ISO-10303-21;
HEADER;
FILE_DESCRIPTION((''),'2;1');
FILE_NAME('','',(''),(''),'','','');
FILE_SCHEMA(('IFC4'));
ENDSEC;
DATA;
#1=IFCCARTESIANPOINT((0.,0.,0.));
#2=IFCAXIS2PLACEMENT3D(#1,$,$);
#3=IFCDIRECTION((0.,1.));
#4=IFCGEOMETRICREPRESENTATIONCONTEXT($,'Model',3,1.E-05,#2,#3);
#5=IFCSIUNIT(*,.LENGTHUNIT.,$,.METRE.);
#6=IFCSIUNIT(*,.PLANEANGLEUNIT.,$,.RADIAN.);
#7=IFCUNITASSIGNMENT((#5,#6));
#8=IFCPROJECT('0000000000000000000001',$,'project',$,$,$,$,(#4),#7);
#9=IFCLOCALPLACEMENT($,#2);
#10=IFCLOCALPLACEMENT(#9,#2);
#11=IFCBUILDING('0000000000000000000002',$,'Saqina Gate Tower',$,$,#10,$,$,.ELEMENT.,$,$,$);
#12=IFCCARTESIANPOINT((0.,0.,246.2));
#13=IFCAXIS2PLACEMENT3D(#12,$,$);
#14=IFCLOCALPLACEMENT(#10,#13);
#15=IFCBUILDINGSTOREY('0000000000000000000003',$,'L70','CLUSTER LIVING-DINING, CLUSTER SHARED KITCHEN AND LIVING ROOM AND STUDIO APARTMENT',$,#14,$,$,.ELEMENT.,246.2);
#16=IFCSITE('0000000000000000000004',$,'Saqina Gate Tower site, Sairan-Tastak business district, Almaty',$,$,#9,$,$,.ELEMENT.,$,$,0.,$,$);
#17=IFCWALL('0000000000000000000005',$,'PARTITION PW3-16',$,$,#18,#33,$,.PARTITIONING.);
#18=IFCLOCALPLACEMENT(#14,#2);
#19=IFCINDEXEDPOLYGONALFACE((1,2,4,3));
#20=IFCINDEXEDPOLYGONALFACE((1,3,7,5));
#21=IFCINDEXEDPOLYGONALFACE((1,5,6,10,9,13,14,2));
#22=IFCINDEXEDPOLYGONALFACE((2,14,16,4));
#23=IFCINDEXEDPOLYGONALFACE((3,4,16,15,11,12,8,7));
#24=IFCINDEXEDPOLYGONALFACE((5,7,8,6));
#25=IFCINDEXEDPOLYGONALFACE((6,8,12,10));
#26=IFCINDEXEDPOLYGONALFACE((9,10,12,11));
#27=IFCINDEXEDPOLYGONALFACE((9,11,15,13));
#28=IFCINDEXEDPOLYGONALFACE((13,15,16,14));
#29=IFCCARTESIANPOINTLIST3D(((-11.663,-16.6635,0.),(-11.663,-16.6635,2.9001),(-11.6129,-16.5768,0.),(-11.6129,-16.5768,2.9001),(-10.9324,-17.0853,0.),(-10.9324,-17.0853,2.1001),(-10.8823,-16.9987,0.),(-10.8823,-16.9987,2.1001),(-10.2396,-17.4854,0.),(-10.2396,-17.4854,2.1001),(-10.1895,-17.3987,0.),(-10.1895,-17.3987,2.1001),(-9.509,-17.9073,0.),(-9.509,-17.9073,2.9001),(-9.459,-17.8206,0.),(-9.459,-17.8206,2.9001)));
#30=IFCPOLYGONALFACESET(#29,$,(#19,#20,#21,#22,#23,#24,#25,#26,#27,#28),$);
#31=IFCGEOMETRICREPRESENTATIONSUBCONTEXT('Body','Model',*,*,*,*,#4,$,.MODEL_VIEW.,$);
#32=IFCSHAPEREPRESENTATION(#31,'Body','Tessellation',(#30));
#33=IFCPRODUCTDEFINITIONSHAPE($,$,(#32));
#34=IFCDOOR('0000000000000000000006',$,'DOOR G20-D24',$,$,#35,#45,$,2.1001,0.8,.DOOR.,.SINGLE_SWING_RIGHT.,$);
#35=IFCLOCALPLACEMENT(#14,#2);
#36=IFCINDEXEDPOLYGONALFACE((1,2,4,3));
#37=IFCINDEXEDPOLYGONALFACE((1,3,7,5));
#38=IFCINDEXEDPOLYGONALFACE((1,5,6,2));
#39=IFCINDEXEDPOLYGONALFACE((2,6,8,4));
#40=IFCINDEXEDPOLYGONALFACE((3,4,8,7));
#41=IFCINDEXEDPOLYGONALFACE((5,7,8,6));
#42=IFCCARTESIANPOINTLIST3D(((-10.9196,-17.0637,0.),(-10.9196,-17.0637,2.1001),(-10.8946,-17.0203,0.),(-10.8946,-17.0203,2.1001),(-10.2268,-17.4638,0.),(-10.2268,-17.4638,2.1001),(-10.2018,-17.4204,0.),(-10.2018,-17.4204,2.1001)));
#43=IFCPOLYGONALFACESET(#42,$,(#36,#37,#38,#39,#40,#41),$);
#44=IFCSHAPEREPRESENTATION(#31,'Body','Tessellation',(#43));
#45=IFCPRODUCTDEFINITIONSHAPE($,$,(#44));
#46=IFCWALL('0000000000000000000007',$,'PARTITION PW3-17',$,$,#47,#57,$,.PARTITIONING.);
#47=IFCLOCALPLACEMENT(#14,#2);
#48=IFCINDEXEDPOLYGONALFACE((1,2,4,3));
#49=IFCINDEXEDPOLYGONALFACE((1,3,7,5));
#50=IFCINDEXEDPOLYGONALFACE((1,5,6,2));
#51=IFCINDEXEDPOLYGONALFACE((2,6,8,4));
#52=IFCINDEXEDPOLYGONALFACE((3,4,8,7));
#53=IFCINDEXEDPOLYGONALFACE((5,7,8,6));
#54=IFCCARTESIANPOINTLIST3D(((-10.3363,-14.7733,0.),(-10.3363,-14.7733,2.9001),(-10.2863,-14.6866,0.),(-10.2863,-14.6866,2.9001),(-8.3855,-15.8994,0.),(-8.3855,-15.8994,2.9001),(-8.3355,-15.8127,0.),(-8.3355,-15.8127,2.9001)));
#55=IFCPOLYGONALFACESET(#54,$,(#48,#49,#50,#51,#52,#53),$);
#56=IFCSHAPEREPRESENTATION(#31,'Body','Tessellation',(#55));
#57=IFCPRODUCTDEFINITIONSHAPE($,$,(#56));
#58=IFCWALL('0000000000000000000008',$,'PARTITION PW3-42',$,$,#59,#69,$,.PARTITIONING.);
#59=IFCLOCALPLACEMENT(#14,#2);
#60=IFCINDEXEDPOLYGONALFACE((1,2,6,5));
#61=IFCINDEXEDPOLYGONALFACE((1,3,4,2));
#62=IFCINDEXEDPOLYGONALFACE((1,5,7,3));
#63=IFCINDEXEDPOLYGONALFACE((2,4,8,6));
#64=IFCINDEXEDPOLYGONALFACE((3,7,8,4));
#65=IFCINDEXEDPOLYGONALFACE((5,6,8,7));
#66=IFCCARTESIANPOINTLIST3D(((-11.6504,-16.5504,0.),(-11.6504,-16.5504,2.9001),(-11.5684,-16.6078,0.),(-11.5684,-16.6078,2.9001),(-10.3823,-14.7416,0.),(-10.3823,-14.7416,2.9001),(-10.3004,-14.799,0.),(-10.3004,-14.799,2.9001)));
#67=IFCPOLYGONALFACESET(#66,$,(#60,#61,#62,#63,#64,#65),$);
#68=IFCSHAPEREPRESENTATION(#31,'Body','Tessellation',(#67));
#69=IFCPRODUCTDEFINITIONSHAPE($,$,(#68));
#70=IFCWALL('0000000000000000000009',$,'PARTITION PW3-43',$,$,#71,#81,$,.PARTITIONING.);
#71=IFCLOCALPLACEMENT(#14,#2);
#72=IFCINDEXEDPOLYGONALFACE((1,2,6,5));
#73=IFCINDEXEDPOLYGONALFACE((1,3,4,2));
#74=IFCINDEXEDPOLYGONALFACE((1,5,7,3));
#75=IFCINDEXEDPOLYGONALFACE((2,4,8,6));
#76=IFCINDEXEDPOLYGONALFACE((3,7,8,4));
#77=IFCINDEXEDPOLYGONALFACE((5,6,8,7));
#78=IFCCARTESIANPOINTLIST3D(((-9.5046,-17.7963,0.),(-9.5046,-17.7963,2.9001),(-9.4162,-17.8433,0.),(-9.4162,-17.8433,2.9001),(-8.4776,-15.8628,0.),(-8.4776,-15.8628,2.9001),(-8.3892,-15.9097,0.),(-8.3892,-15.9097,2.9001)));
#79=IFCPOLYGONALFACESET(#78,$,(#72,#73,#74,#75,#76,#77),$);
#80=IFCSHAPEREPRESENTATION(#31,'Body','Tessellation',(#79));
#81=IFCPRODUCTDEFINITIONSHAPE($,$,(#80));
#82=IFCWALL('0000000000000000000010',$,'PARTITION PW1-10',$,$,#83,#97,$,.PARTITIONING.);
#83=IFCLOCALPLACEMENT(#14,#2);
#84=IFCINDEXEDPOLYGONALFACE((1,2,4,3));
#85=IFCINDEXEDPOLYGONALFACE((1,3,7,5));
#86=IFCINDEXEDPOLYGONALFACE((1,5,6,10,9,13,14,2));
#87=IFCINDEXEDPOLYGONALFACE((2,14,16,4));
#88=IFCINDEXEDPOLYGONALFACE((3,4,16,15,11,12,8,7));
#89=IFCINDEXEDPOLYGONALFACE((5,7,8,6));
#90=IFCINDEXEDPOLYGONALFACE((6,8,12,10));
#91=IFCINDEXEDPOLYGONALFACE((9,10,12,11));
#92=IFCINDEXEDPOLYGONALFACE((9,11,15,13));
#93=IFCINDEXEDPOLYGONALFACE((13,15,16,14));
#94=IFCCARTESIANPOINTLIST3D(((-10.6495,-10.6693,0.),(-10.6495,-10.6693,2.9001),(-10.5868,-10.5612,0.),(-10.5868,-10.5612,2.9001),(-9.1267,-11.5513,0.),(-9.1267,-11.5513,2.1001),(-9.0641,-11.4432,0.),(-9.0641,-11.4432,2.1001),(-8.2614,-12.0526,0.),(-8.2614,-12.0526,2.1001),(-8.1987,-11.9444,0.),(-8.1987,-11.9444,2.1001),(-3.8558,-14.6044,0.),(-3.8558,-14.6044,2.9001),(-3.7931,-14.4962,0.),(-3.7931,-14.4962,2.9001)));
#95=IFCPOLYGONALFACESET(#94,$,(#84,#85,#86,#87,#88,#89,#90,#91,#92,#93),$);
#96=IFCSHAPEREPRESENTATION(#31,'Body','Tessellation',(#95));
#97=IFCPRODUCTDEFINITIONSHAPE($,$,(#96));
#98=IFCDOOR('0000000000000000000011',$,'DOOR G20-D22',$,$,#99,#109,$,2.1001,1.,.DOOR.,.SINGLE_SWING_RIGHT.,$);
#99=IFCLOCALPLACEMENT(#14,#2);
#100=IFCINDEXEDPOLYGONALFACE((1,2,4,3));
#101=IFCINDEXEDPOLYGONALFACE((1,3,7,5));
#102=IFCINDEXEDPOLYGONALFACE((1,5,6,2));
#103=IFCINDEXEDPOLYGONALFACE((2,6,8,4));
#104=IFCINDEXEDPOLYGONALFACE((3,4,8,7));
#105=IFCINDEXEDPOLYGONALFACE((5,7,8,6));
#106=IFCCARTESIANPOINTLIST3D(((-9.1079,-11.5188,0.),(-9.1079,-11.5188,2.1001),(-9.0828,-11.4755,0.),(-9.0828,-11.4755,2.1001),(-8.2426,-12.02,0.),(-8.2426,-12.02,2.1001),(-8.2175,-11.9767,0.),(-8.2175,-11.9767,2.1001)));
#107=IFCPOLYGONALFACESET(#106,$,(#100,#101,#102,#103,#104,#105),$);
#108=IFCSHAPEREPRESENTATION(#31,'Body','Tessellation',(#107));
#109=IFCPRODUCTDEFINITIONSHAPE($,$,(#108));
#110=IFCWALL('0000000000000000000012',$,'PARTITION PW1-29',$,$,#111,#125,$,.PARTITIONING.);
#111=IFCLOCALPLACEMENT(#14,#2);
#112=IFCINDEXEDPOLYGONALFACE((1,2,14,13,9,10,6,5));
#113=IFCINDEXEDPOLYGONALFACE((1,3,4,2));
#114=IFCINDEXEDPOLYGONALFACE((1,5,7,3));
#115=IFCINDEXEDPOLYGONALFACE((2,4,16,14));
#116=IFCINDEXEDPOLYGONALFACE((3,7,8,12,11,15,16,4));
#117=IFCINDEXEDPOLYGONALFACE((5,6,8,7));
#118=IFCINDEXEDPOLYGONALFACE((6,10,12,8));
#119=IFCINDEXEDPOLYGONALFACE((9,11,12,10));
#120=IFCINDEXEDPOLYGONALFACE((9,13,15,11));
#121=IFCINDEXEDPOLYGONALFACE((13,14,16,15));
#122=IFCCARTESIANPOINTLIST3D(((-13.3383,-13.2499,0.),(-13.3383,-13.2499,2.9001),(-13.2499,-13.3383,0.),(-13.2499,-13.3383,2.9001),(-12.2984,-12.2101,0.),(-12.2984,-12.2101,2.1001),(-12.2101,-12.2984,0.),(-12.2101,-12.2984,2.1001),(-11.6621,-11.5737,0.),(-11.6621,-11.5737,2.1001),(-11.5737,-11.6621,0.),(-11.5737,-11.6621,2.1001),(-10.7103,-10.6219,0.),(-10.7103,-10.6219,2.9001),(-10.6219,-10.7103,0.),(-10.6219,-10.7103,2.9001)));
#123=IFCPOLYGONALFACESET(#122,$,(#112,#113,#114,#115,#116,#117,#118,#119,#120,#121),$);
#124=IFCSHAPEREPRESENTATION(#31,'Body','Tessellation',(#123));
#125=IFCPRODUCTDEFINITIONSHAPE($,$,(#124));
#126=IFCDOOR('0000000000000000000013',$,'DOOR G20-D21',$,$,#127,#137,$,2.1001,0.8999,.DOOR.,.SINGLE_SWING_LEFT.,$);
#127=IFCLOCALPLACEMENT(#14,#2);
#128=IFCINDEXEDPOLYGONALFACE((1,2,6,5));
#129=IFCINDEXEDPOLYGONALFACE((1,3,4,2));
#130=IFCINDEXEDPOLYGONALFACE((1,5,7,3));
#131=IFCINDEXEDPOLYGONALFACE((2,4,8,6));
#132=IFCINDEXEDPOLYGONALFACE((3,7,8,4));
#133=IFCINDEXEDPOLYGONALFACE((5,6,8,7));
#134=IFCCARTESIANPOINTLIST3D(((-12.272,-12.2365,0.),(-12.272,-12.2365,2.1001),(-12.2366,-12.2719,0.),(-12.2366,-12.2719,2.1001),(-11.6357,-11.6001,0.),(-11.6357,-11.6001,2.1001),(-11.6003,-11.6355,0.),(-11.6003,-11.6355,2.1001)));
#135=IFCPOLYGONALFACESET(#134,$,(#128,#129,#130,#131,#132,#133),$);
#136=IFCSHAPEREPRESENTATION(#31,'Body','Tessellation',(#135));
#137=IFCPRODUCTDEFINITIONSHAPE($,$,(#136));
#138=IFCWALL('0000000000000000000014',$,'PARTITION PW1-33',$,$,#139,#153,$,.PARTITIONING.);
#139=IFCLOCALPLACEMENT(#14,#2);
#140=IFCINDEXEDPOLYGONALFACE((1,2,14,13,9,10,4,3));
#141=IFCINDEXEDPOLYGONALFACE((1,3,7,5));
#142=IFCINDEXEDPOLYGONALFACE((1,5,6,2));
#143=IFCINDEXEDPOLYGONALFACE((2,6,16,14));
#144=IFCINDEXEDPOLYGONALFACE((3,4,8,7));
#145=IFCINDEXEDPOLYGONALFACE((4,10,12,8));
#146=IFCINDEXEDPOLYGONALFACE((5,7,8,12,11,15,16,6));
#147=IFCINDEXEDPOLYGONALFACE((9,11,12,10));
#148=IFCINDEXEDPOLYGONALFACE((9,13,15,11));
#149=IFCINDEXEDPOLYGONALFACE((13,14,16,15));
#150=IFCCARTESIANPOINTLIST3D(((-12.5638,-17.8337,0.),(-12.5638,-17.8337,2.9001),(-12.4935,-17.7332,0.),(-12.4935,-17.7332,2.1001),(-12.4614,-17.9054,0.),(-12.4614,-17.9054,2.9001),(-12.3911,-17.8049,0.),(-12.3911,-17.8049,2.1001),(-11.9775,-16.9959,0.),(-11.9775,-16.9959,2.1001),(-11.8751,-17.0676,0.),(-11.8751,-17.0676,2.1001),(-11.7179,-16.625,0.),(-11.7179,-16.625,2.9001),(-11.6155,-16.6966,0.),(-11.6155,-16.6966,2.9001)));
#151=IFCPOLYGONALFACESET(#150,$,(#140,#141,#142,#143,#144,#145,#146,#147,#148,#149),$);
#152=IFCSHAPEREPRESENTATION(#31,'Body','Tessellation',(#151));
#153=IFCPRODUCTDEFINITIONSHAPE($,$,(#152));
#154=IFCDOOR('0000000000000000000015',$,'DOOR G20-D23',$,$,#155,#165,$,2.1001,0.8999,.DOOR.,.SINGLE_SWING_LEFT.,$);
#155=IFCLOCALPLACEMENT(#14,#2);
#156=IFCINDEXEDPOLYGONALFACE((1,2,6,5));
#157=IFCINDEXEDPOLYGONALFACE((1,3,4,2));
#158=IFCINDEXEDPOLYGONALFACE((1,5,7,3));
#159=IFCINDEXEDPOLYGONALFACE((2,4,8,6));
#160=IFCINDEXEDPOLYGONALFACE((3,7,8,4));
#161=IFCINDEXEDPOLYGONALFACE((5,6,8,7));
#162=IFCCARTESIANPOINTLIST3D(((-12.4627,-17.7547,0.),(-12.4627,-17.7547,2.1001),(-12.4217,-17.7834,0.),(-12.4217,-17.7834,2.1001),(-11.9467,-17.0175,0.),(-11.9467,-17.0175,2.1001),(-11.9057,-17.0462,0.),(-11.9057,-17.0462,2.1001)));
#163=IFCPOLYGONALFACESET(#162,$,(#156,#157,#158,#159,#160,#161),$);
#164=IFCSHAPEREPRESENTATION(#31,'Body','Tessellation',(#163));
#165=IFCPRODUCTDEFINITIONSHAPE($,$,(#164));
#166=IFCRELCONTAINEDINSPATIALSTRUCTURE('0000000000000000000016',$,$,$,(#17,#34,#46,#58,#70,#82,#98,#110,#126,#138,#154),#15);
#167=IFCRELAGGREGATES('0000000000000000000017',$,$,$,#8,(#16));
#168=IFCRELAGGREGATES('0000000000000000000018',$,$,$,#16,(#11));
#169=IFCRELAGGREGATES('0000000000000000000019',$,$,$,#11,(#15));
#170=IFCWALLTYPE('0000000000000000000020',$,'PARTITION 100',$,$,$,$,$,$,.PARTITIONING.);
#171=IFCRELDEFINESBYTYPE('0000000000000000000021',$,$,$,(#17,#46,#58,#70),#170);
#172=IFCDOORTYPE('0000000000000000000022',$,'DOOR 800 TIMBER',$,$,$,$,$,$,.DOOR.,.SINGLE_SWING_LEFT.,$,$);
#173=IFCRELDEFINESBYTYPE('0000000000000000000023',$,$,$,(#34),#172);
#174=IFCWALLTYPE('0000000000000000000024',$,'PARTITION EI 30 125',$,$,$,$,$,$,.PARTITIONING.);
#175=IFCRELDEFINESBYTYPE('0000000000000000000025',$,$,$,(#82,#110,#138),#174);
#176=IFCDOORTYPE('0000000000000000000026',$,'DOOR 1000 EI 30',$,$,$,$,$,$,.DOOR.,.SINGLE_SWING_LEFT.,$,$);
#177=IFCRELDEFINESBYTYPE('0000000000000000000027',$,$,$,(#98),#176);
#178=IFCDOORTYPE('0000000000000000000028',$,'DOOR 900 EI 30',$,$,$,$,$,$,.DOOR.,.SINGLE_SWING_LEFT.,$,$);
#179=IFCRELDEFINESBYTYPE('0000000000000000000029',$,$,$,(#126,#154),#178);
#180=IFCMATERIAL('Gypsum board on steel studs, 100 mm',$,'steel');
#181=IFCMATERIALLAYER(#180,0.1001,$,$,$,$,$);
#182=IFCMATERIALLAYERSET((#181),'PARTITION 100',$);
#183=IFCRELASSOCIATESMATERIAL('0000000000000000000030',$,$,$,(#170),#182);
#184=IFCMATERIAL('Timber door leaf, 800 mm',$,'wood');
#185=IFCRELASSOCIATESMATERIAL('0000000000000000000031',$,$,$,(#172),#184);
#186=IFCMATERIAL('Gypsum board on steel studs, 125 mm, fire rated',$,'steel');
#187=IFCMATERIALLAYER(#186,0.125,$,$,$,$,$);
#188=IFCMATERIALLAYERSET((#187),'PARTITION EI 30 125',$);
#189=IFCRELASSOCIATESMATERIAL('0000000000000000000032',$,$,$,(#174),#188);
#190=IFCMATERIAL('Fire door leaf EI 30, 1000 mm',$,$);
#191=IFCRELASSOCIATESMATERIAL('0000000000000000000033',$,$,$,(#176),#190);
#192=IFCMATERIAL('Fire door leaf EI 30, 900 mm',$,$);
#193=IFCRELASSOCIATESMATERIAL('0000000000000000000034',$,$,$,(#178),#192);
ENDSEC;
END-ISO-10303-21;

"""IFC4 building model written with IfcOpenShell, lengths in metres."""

from ifc_helpers import new_model, si_unit, direction, frame, frame_2d, origin, place, context, subcontext, project, spatial, rectangle, extrude, material, layer, layer_set, type_object, element, fill, save


model = new_model("IFC4")

# Units and contexts
model_context = context("Model", 3, precision=1e-05, world=origin(), true_north=direction((0.0, 1.0)))
body_context = subcontext(model_context, "Body", "Model", "MODEL_VIEW")
ifc_project = project(units=[si_unit("LENGTHUNIT", "METRE"), si_unit("PLANEANGLEUNIT", "RADIAN")], contexts=[model_context])

# Site, building, storey
site_placement = place(None, origin())
site = spatial("IfcSite", under=ifc_project, at=site_placement, Name="Saqina Gate Tower site, Sairan-Tastak business district, Almaty", CompositionType="ELEMENT", RefElevation=0.0)
building_placement = place(site_placement, origin())
building = spatial("IfcBuilding", under=site, at=building_placement, Name="Saqina Gate Tower", CompositionType="ELEMENT")
storey_placement = place(building_placement, frame((0.0, 0.0, 246.2)))
storey = spatial("IfcBuildingStorey", under=building, at=storey_placement, Name="L70", Description="CLUSTER LIVING-DINING, CLUSTER SHARED KITCHEN AND LIVING ROOM AND STUDIO APARTMENT", CompositionType="ELEMENT", Elevation=246.2)

# Wall, opening, door
ifc_material_1 = material(Name="Gypsum board on steel studs, 100 mm", Category="steel")
ifc_layer_1 = layer(ifc_material_1, 0.1001)
ifc_layer_set_1 = layer_set([ifc_layer_1], Name="PARTITION 100")
wall_type_1 = type_object("IfcWallType", Name="PARTITION 100", PredefinedType="PARTITIONING", material=ifc_layer_set_1)
wall_1_placement = place(storey_placement, frame((-11.6379, -16.6201, 0.0), z_axis=(0.0, 0.0, 1.0), x_axis=(0.865981, -0.500076, 0.0)))
wall_1 = element("IfcWall", 1, at=wall_1_placement, inside=storey, type_object=wall_type_1, Name="PARTITION PW3-16", PredefinedType="PARTITIONING", context=body_context, shape_type="SweptSolid", body=[
    extrude(rectangle(XDim=2.4873, YDim=0.1001, at=frame_2d((1.2437, 0.0))), origin(), (0.0, 0.0, 1.0), 2.9001),
])
opening_1_placement = place(wall_1_placement, frame((0.8438, 0.0, 0.0)))
opening_1 = element("IfcOpeningElement", 2, at=opening_1_placement, cuts=wall_1, PredefinedType="OPENING", context=body_context, shape_type="SweptSolid", body=[
    extrude(rectangle(XDim=0.8, YDim=2.1001, at=frame_2d((0.3999, 1.05))), frame((0.0, 0.062, 0.0), z_axis=(0.0, -1.0, 0.0), x_axis=(1.0, 0.0, 0.0)), (0.0, 0.0, 1.0), 0.124),
])
ifc_material_2 = material(Name="Timber door leaf, 800 mm", Category="wood")
door_type_1 = type_object("IfcDoorType", Name="DOOR 800 TIMBER", OperationType="SINGLE_SWING_LEFT", PredefinedType="DOOR", material=ifc_material_2)
door_1_placement = place(opening_1_placement, frame((0.8, 0.0, 0.0), z_axis=(0.0, 0.0, 1.0), x_axis=(-1.0, 0.0, 0.0)))
door_1 = element("IfcDoor", 3, at=door_1_placement, inside=storey, type_object=door_type_1, Name="DOOR G20-D24", OperationType="SINGLE_SWING_RIGHT", OverallHeight=2.1001, OverallWidth=0.8, PredefinedType="DOOR", context=body_context, shape_type="SweptSolid", body=[
    extrude(rectangle(XDim=0.8, YDim=2.1001, at=frame_2d((0.3999, 1.05))), frame((0.0, 0.0249, 0.0), z_axis=(0.0, -1.0, 0.0), x_axis=(1.0, 0.0, 0.0)), (0.0, 0.0, 1.0), 0.05),
])
fill(opening_1, door_1)

# Walls
wall_2_placement = place(storey_placement, frame((-10.3113, -14.73, 0.0), z_axis=(0.0, 0.0, 1.0), x_axis=(0.866074, -0.499916, 0.0)))
element("IfcWall", 4, at=wall_2_placement, inside=storey, type_object=wall_type_1, Name="PARTITION PW3-17", PredefinedType="PARTITIONING", context=body_context, shape_type="SweptSolid", body=[
    extrude(rectangle(XDim=2.2524, YDim=0.1001, at=frame_2d((1.1262, 0.0))), origin(), (0.0, 0.0, 1.0), 2.9001),
])
wall_3_placement = place(storey_placement, frame((-11.6094, -16.5791, 0.0), z_axis=(0.0, 0.0, 1.0), x_axis=(0.574033, 0.818832, 0.0)))
element("IfcWall", 5, at=wall_3_placement, inside=storey, type_object=wall_type_1, Name="PARTITION PW3-42", PredefinedType="PARTITIONING", context=body_context, shape_type="SweptSolid", body=[
    extrude(rectangle(XDim=2.209, YDim=0.1001, at=frame_2d((1.1045, 0.0))), origin(), (0.0, 0.0, 1.0), 2.9001),
])
wall_4_placement = place(storey_placement, frame((-9.4604, -17.8198, 0.0), z_axis=(0.0, 0.0, 1.0), x_axis=(0.469112, 0.883139, 0.0)))
element("IfcWall", 6, at=wall_4_placement, inside=storey, type_object=wall_type_1, Name="PARTITION PW3-43", PredefinedType="PARTITIONING", context=body_context, shape_type="SweptSolid", body=[
    extrude(rectangle(XDim=2.1895, YDim=0.1001, at=frame_2d((1.0947, 0.0))), origin(), (0.0, 0.0, 1.0), 2.9001),
])

# Walls, openings, doors
ifc_material_3 = material(Name="Gypsum board on steel studs, 125 mm, fire rated", Category="steel")
ifc_layer_2 = layer(ifc_material_3, 0.125)
ifc_layer_set_2 = layer_set([ifc_layer_2], Name="PARTITION EI 30 125")
wall_type_2 = type_object("IfcWallType", Name="PARTITION EI 30 125", PredefinedType="PARTITIONING", material=ifc_layer_set_2)
wall_5_placement = place(storey_placement, frame((-10.6182, -10.6152, 0.0), z_axis=(0.0, 0.0, 1.0), x_axis=(0.865323, -0.501214, 0.0)))
wall_5 = element("IfcWall", 7, at=wall_5_placement, inside=storey, type_object=wall_type_2, Name="PARTITION PW1-10", PredefinedType="PARTITIONING", context=body_context, shape_type="SweptSolid", body=[
    extrude(rectangle(XDim=7.8511, YDim=0.125, at=frame_2d((3.9255, 0.0))), origin(), (0.0, 0.0, 1.0), 2.9001),
])
opening_2_placement = place(wall_5_placement, frame((1.7598, 0.0, 0.0)))
opening_2 = element("IfcOpeningElement", 8, at=opening_2_placement, cuts=wall_5, PredefinedType="OPENING", context=body_context, shape_type="SweptSolid", body=[
    extrude(rectangle(XDim=1.0, YDim=2.1001, at=frame_2d((0.5, 1.05))), frame((0.0, 0.0745, 0.0), z_axis=(0.0, -1.0, 0.0), x_axis=(1.0, 0.0, 0.0)), (0.0, 0.0, 1.0), 0.1489),
])
ifc_material_4 = material(Name="Fire door leaf EI 30, 1000 mm")
door_type_2 = type_object("IfcDoorType", Name="DOOR 1000 EI 30", OperationType="SINGLE_SWING_LEFT", PredefinedType="DOOR", material=ifc_material_4)
door_2_placement = place(opening_2_placement, frame((1.0, 0.0, 0.0), z_axis=(0.0, 0.0, 1.0), x_axis=(-1.0, 0.0, 0.0)))
door_2 = element("IfcDoor", 9, at=door_2_placement, inside=storey, type_object=door_type_2, Name="DOOR G20-D22", OperationType="SINGLE_SWING_RIGHT", OverallHeight=2.1001, OverallWidth=1.0, PredefinedType="DOOR", context=body_context, shape_type="SweptSolid", body=[
    extrude(rectangle(XDim=1.0, YDim=2.1001, at=frame_2d((0.5, 1.05))), frame((0.0, 0.0249, 0.0), z_axis=(0.0, -1.0, 0.0), x_axis=(1.0, 0.0, 0.0)), (0.0, 0.0, 1.0), 0.05),
])
fill(opening_2, door_2)
wall_6_placement = place(storey_placement, frame((-13.2942, -13.2942, 0.0), z_axis=(0.0, 0.0, 1.0), x_axis=(0.707107, 0.707107, 0.0)))
wall_6 = element("IfcWall", 10, at=wall_6_placement, inside=storey, type_object=wall_type_2, Name="PARTITION PW1-29", PredefinedType="PARTITIONING", context=body_context, shape_type="SweptSolid", body=[
    extrude(rectangle(XDim=3.7166, YDim=0.125, at=frame_2d((1.8584, 0.0))), origin(), (0.0, 0.0, 1.0), 2.9001),
])
opening_3_placement = place(wall_6_placement, frame((1.4707, 0.0, 0.0)))
opening_3 = element("IfcOpeningElement", 11, at=opening_3_placement, cuts=wall_6, PredefinedType="OPENING", context=body_context, shape_type="SweptSolid", body=[
    extrude(rectangle(XDim=0.8999, YDim=2.1001, at=frame_2d((0.45, 1.05))), frame((0.0, 0.0745, 0.0), z_axis=(0.0, -1.0, 0.0), x_axis=(1.0, 0.0, 0.0)), (0.0, 0.0, 1.0), 0.1489),
])
ifc_material_5 = material(Name="Fire door leaf EI 30, 900 mm")
door_type_3 = type_object("IfcDoorType", Name="DOOR 900 EI 30", OperationType="SINGLE_SWING_LEFT", PredefinedType="DOOR", material=ifc_material_5)
door_3_placement = place(opening_3_placement, frame((0.8999, 0.0, 0.0), z_axis=(0.0, 0.0, 1.0), x_axis=(-1.0, 0.0, 0.0)))
door_3 = element("IfcDoor", 12, at=door_3_placement, inside=storey, type_object=door_type_3, Name="DOOR G20-D21", OperationType="SINGLE_SWING_LEFT", OverallHeight=2.1001, OverallWidth=0.8999, PredefinedType="DOOR", context=body_context, shape_type="SweptSolid", body=[
    extrude(rectangle(XDim=0.8999, YDim=2.1001, at=frame_2d((0.45, 1.05))), frame((0.0, 0.0249, 0.0), z_axis=(0.0, -1.0, 0.0), x_axis=(1.0, 0.0, 0.0)), (0.0, 0.0, 1.0), 0.05),
])
fill(opening_3, door_3)
wall_7_placement = place(storey_placement, frame((-12.5127, -17.8696, 0.0), z_axis=(0.0, 0.0, 1.0), x_axis=(0.573385, 0.819286, 0.0)))
wall_7 = element("IfcWall", 13, at=wall_7_placement, inside=storey, type_object=wall_type_2, Name="PARTITION PW1-33", PredefinedType="PARTITIONING", context=body_context, shape_type="SweptSolid", body=[
    extrude(rectangle(XDim=1.4753, YDim=0.125, at=frame_2d((0.7378, 0.0))), origin(), (0.0, 0.0, 1.0), 2.9001),
])
opening_4_placement = place(wall_7_placement, frame((0.1228, 0.0, 0.0)))
opening_4 = element("IfcOpeningElement", 14, at=opening_4_placement, cuts=wall_7, PredefinedType="OPENING", context=body_context, shape_type="SweptSolid", body=[
    extrude(rectangle(XDim=0.8999, YDim=2.1001, at=frame_2d((0.45, 1.05))), frame((0.0, 0.0745, 0.0), z_axis=(0.0, -1.0, 0.0), x_axis=(1.0, 0.0, 0.0)), (0.0, 0.0, 1.0), 0.1489),
])
door_4_placement = place(opening_4_placement, origin())
door_4 = element("IfcDoor", 15, at=door_4_placement, inside=storey, type_object=door_type_3, Name="DOOR G20-D23", OperationType="SINGLE_SWING_LEFT", OverallHeight=2.1001, OverallWidth=0.8999, PredefinedType="DOOR", context=body_context, shape_type="SweptSolid", body=[
    extrude(rectangle(XDim=0.8999, YDim=2.1001, at=frame_2d((0.45, 1.05))), frame((0.0, 0.0249, 0.0), z_axis=(0.0, -1.0, 0.0), x_axis=(1.0, 0.0, 0.0)), (0.0, 0.0, 1.0), 0.05),
])
fill(opening_4, door_4)

save(model, "model.ifc")
